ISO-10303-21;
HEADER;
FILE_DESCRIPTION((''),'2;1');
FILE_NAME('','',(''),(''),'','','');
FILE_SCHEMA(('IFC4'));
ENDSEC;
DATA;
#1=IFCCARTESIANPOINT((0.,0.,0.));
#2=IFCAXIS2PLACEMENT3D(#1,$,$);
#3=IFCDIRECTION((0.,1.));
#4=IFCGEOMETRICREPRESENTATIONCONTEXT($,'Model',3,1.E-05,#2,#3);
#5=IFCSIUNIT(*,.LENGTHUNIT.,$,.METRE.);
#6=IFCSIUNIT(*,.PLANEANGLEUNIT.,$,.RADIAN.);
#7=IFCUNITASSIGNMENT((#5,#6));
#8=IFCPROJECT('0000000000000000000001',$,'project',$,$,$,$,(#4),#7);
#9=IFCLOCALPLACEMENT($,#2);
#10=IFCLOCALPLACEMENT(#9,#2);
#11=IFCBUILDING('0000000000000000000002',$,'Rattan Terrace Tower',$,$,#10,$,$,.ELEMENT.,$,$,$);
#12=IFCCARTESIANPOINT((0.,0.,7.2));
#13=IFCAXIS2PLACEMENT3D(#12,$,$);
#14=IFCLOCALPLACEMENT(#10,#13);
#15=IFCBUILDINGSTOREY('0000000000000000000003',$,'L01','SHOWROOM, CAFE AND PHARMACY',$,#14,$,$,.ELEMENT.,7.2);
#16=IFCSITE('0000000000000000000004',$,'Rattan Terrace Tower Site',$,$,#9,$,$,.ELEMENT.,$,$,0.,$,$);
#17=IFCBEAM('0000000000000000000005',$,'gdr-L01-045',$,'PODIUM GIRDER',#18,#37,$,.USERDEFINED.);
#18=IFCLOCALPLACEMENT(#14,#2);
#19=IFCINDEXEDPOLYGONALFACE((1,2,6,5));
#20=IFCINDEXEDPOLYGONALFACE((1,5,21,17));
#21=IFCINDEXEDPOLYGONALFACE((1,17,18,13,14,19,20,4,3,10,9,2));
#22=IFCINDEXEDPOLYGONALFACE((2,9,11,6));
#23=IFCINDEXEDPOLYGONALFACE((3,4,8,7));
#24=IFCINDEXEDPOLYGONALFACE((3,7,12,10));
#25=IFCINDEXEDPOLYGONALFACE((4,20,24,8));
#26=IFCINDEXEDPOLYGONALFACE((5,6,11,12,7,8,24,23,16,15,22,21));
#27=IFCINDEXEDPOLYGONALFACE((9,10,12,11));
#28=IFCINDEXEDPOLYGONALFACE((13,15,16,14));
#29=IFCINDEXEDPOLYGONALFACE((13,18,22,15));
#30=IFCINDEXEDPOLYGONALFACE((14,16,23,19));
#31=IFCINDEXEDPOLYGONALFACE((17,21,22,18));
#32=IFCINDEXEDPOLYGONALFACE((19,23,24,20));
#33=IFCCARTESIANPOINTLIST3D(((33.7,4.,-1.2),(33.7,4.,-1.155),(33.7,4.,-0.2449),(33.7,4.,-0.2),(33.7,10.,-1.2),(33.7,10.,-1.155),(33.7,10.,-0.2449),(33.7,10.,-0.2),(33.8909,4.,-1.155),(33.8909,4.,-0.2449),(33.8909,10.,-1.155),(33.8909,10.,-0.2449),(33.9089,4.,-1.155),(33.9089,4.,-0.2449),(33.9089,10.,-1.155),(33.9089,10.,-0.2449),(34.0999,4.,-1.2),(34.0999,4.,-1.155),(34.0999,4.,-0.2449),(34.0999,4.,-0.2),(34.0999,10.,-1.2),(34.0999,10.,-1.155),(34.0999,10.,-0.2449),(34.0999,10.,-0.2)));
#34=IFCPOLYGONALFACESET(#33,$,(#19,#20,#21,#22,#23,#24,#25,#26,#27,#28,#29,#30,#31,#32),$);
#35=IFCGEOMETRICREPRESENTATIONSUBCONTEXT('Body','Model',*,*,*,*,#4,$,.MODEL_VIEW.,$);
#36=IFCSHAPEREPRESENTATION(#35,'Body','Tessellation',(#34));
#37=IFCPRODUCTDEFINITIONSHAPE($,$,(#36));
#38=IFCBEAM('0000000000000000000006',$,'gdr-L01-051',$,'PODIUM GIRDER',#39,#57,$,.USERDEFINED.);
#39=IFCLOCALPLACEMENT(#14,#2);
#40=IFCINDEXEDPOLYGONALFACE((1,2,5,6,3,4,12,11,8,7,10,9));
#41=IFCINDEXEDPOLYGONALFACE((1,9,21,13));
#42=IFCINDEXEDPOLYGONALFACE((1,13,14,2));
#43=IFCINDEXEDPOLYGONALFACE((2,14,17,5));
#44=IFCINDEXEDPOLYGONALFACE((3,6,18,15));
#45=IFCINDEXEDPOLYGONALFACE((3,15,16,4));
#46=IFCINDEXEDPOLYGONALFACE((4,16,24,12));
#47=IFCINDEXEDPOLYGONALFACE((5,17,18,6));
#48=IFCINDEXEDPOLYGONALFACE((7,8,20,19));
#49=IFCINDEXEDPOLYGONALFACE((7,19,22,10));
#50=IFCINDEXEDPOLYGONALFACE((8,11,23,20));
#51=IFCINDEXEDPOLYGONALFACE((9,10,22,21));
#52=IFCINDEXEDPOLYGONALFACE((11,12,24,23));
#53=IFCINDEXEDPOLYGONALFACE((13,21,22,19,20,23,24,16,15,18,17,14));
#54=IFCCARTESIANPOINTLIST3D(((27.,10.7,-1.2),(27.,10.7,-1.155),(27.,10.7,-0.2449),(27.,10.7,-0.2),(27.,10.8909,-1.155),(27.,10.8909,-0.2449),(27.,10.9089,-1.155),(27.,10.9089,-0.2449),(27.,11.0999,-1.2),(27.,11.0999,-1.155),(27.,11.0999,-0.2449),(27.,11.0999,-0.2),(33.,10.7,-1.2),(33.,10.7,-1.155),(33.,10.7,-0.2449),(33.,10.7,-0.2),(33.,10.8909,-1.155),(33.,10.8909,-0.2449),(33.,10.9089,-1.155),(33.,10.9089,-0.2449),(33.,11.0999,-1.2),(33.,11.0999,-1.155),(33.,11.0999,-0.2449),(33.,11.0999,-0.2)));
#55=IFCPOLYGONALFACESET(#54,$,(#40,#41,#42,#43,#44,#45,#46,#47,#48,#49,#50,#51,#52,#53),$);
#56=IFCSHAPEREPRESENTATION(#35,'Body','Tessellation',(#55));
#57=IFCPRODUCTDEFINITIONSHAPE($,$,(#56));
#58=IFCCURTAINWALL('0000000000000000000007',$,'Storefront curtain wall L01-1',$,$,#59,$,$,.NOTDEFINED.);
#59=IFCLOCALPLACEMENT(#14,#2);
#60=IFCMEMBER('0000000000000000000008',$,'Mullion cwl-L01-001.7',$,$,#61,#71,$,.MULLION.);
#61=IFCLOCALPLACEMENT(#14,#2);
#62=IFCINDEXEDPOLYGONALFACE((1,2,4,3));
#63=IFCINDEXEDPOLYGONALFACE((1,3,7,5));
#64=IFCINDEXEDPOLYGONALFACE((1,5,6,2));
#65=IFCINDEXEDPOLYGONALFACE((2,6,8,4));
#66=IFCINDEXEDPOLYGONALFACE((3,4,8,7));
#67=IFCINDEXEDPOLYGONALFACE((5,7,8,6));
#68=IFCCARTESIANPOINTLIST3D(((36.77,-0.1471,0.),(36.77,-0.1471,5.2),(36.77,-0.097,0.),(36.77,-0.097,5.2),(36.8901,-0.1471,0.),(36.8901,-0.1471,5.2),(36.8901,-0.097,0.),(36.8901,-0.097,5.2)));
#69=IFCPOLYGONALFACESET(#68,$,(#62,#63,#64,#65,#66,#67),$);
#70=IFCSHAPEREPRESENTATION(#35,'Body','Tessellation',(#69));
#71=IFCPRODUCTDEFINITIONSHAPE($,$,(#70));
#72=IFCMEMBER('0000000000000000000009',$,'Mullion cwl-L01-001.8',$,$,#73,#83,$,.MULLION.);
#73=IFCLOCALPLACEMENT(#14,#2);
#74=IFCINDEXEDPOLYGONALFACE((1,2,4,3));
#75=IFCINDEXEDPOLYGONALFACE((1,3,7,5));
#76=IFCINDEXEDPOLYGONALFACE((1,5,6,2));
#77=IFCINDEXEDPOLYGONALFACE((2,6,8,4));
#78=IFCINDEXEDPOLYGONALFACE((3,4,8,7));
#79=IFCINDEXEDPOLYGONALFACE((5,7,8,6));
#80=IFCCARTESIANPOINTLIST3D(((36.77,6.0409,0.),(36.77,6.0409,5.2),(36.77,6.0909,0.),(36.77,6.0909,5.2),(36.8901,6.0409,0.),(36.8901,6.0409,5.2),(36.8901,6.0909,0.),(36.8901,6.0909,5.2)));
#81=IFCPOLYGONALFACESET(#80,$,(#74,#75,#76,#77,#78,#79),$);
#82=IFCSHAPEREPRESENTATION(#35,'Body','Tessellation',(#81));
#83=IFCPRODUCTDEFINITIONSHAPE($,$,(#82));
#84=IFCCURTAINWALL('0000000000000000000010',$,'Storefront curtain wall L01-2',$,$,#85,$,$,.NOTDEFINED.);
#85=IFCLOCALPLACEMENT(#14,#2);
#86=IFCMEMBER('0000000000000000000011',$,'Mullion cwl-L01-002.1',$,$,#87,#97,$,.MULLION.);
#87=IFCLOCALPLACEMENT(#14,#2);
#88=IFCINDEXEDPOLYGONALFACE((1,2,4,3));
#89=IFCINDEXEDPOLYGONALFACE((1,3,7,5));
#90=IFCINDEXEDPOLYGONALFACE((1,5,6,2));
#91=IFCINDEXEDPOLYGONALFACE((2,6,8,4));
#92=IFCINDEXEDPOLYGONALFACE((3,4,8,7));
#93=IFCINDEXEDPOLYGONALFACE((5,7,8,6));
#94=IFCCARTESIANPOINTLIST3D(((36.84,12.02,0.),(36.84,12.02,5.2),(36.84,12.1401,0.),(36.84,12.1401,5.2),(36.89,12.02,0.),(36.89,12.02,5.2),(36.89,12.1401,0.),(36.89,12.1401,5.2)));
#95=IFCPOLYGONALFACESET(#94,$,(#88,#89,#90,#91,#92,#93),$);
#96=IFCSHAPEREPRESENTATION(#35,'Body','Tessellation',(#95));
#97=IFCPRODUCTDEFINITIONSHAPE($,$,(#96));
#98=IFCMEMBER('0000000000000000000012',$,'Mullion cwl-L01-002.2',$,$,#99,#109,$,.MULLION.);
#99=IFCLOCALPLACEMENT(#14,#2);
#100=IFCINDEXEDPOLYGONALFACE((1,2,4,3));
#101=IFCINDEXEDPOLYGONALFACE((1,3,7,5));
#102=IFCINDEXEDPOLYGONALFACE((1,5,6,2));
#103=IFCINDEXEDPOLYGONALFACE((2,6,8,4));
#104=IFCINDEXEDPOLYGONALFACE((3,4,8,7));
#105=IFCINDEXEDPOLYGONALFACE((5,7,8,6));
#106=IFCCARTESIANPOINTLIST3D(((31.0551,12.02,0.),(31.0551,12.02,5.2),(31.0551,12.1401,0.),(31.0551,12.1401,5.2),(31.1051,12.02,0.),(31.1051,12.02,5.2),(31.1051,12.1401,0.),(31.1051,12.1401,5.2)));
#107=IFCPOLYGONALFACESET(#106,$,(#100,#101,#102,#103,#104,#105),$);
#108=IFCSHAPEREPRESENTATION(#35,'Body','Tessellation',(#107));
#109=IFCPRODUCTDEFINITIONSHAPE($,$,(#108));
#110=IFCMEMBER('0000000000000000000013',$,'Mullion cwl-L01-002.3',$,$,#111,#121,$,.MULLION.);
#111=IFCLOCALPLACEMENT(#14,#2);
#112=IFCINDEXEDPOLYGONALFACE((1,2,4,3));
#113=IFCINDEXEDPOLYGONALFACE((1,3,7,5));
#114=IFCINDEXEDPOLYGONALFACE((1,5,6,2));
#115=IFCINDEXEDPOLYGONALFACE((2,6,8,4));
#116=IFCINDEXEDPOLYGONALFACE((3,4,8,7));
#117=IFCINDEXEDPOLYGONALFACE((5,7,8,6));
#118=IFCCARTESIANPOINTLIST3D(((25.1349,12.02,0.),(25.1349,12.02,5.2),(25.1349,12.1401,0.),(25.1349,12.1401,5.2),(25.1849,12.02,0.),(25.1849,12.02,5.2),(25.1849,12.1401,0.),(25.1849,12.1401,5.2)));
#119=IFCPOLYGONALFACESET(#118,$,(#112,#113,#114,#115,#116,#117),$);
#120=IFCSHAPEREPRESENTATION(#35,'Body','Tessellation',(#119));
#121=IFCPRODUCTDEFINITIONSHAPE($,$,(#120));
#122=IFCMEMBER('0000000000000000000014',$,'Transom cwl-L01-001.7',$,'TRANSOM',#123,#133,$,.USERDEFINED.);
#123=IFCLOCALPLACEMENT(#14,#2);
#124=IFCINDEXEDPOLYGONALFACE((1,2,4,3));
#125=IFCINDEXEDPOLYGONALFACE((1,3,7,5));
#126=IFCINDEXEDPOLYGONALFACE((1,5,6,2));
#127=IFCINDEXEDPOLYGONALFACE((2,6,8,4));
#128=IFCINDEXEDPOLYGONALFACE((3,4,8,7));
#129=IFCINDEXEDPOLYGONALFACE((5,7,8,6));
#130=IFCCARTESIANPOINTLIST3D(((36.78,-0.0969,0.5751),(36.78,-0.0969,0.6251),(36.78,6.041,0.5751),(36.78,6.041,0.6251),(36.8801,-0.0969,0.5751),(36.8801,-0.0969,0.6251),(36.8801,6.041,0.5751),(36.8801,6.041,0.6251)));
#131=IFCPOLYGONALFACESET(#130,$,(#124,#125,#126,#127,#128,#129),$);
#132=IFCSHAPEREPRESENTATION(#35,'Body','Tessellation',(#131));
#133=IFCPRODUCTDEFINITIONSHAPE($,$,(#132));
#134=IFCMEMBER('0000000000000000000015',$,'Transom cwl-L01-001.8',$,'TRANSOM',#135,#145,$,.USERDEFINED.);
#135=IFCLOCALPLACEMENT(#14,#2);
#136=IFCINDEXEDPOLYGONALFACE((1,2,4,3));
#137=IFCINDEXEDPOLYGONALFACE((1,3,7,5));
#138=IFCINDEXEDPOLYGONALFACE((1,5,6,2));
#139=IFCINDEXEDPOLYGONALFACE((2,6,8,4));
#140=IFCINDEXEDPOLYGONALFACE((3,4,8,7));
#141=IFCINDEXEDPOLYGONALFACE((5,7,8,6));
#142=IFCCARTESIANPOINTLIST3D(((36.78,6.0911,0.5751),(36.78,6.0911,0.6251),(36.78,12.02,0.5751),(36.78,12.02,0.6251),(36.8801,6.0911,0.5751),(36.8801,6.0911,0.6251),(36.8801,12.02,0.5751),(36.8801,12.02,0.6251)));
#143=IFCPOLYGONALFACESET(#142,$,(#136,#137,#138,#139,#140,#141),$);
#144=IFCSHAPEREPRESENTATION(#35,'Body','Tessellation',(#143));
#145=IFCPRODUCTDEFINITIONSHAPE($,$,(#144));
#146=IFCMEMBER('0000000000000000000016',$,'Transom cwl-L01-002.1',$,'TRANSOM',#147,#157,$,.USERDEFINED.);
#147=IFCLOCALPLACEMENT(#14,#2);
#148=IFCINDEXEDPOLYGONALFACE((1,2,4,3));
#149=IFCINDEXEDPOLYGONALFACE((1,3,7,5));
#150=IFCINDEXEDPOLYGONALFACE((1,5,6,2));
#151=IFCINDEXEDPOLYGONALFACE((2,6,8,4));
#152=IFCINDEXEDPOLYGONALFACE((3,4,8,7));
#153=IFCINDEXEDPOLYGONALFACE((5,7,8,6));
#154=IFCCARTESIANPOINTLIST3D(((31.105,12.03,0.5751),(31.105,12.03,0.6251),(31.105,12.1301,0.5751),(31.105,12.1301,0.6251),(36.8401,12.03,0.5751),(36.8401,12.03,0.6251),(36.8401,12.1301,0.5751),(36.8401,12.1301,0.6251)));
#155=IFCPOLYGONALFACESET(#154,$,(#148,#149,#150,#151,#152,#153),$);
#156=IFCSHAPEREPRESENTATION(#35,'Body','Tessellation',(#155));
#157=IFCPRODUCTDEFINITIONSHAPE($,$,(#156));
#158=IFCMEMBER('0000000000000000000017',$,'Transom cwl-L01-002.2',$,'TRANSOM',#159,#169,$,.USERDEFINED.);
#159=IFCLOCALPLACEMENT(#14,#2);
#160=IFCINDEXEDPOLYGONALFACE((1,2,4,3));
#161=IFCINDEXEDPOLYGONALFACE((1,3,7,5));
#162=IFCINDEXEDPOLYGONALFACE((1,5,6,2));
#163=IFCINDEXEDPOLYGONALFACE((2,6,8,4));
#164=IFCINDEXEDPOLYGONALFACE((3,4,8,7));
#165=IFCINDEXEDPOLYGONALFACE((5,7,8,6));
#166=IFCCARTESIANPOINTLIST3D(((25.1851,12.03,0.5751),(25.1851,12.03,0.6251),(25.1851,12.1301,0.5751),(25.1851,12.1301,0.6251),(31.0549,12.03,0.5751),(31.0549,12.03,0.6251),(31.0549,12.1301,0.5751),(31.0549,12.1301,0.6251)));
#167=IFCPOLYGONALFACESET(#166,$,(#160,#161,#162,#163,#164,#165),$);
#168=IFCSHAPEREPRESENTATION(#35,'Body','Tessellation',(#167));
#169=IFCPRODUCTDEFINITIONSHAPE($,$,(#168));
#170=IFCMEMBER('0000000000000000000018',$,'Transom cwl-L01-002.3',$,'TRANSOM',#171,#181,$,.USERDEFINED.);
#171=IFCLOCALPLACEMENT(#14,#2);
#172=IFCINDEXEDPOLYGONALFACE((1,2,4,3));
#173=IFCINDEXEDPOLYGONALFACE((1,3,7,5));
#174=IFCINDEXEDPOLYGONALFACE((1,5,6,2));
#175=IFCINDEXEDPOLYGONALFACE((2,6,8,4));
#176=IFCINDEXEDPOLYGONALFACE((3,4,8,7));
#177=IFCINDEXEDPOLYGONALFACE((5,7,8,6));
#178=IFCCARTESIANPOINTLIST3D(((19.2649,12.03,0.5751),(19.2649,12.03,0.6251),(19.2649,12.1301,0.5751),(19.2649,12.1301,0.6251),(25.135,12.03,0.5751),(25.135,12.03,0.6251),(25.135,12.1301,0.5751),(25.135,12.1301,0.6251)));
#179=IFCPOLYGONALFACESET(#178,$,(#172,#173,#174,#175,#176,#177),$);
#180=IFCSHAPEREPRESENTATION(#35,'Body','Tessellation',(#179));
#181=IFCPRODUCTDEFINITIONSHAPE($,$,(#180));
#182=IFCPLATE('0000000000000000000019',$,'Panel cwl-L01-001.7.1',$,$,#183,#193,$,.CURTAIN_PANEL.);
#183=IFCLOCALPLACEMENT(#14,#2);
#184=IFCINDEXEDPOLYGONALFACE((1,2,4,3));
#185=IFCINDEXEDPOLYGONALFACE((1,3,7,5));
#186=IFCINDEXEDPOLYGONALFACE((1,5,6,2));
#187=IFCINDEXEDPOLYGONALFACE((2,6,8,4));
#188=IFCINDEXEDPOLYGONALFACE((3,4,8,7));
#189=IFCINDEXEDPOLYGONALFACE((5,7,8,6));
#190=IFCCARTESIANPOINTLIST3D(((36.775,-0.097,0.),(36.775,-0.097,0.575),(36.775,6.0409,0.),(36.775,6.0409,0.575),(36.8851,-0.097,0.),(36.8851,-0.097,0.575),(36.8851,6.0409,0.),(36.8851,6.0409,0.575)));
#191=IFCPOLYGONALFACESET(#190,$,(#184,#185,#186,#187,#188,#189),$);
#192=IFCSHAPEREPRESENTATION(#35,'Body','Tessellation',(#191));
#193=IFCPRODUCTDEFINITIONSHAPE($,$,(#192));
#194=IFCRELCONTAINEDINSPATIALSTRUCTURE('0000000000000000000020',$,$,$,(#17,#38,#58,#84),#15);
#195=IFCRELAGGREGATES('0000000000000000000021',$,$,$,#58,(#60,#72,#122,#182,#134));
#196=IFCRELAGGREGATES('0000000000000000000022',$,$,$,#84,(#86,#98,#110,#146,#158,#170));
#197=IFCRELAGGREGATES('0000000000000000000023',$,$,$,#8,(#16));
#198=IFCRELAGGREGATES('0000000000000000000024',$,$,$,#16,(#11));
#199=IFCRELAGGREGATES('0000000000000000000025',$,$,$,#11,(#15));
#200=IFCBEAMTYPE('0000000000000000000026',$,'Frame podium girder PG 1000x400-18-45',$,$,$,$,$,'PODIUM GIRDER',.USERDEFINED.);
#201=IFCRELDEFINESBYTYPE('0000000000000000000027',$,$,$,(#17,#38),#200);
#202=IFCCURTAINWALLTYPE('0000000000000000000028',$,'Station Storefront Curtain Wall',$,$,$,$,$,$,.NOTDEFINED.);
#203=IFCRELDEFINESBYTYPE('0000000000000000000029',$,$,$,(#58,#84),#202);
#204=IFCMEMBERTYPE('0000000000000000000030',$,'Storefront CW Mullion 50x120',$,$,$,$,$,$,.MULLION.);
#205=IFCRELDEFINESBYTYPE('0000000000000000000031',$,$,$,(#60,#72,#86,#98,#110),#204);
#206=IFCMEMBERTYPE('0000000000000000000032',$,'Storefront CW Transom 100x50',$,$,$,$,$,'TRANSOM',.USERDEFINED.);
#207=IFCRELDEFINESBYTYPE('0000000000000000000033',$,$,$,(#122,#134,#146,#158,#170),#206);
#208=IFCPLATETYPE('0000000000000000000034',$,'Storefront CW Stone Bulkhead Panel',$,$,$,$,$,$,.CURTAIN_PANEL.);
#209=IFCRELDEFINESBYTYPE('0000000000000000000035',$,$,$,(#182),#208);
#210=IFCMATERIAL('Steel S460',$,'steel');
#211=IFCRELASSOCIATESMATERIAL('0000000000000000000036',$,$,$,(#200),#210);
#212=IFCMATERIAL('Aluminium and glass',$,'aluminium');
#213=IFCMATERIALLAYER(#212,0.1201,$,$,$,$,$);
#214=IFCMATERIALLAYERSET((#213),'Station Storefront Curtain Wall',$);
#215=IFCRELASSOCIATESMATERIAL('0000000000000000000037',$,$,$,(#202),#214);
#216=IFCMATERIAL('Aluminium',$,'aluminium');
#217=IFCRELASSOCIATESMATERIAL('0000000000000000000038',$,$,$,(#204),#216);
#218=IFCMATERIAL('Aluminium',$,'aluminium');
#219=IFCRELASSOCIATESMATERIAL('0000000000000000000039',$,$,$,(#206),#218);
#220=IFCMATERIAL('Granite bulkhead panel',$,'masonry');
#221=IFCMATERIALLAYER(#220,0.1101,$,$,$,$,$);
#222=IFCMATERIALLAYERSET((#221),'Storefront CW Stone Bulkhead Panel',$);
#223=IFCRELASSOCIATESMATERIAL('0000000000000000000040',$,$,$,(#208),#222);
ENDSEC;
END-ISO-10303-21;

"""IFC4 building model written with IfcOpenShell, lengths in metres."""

from ifc_helpers import new_model, si_unit, direction, frame, origin, origin_2d, place, context, subcontext, project, spatial, rectangle, i_section, extrude, material, layer, layer_set, material_profile, profile_set, type_object, element, aggregate, save


model = new_model("IFC4")

# Units and contexts
model_context = context("Model", 3, precision=1e-05, world=origin(), true_north=direction((0.0, 1.0)))
body_context = subcontext(model_context, "Body", "Model", "MODEL_VIEW")
ifc_project = project(units=[si_unit("LENGTHUNIT", "METRE"), si_unit("PLANEANGLEUNIT", "RADIAN")], contexts=[model_context])

# Site, building, storey
site_placement = place(None, origin())
site = spatial("IfcSite", under=ifc_project, at=site_placement, Name="Rattan Terrace Tower Site", CompositionType="ELEMENT", RefElevation=0.0)
building_placement = place(site_placement, origin())
building = spatial("IfcBuilding", under=site, at=building_placement, Name="Rattan Terrace Tower", CompositionType="ELEMENT")
storey_placement = place(building_placement, frame((0.0, 0.0, 7.2)))
storey = spatial("IfcBuildingStorey", under=building, at=storey_placement, Name="L01", Description="SHOWROOM, CAFE AND PHARMACY", CompositionType="ELEMENT", Elevation=7.2)

# Beams
ifc_material_1 = material(Name="Steel S460", Category="steel")
ifc_material_profile_1 = material_profile(ifc_material_1, i_section(OverallWidth=0.3999, OverallDepth=1.0, WebThickness=0.0181, FlangeThickness=0.0449, at=origin_2d()), Name="PG 1000x400-18-45")
ifc_profile_set_1 = profile_set([ifc_material_profile_1], Name="Steel S460")
beam_type_1 = type_object("IfcBeamType", Name="Frame podium girder PG 1000x400-18-45", ElementType="PODIUM GIRDER", PredefinedType="USERDEFINED", material=ifc_profile_set_1)
for number, where, z_axis, x_axis, name in (
    (1, (33.8999, 4.0, -0.7), (0.0, 1.0, 0.0), (-1.0, 0.0, 0.0), "gdr-L01-045"),
    (2, (27.0, 10.8999, -0.7), (1.0, 0.0, 0.0), (0.0, 1.0, 0.0), "gdr-L01-051"),
):
    element("IfcBeam", number, at=place(storey_placement, frame(where, z_axis=z_axis, x_axis=x_axis)), inside=storey, type_object=beam_type_1, Name=name, ObjectType="PODIUM GIRDER", PredefinedType="USERDEFINED", context=body_context, shape_type="SweptSolid", body=[
        extrude(i_section(OverallWidth=0.3999, OverallDepth=1.0, WebThickness=0.0181, FlangeThickness=0.0449, at=origin_2d()), origin(), (0.0, 0.0, 1.0), 6.0),
    ])

# Curtain walls, members
ifc_material_2 = material(Name="Aluminium and glass", Category="aluminium")
ifc_layer_1 = layer(ifc_material_2, 0.1201)
ifc_layer_set_1 = layer_set([ifc_layer_1], Name="Station Storefront Curtain Wall")
curtain_wall_type = type_object("IfcCurtainWallType", Name="Station Storefront Curtain Wall", PredefinedType="NOTDEFINED", material=ifc_layer_set_1)
curtain_wall_1_placement = place(storey_placement, origin())
curtain_wall_1 = element("IfcCurtainWall", 3, at=curtain_wall_1_placement, inside=storey, type_object=curtain_wall_type, Name="Storefront curtain wall L01-1", PredefinedType="NOTDEFINED")
ifc_material_3 = material(Name="Aluminium", Category="aluminium")
ifc_material_profile_2 = material_profile(ifc_material_3, rectangle(XDim=0.05, YDim=0.1201, at=origin_2d()), Name="Aluminium 50x120")
ifc_profile_set_2 = profile_set([ifc_material_profile_2], Name="Aluminium")
member_type_1 = type_object("IfcMemberType", Name="Storefront CW Mullion 50x120", PredefinedType="MULLION", material=ifc_profile_set_2)
member_1_placement = place(storey_placement, frame((36.8301, -0.1221, 0.0), z_axis=(0.0, 0.0, 1.0), x_axis=(0.0, 1.0, 0.0)))
member_1 = element("IfcMember", 4, at=member_1_placement, type_object=member_type_1, Name="Mullion cwl-L01-001.7", PredefinedType="MULLION", context=body_context, shape_type="SweptSolid", body=[
    extrude(rectangle(XDim=0.05, YDim=0.1201, at=origin_2d()), origin(), (0.0, 0.0, 1.0), 5.2),
])
member_2_placement = place(storey_placement, frame((36.8301, 6.0659, 0.0), z_axis=(0.0, 0.0, 1.0), x_axis=(0.0, 1.0, 0.0)))
member_2 = element("IfcMember", 5, at=member_2_placement, type_object=member_type_1, Name="Mullion cwl-L01-001.8", PredefinedType="MULLION", context=body_context, shape_type="SweptSolid", body=[
    extrude(rectangle(XDim=0.05, YDim=0.1201, at=origin_2d()), origin(), (0.0, 0.0, 1.0), 5.2),
])
curtain_wall_2_placement = place(storey_placement, origin())
curtain_wall_2 = element("IfcCurtainWall", 6, at=curtain_wall_2_placement, inside=storey, type_object=curtain_wall_type, Name="Storefront curtain wall L01-2", PredefinedType="NOTDEFINED")
member_3_placement = place(storey_placement, frame((36.865, 12.0801, 0.0), z_axis=(0.0, 0.0, 1.0), x_axis=(-1.0, 0.0, 0.0)))
member_3 = element("IfcMember", 7, at=member_3_placement, type_object=member_type_1, Name="Mullion cwl-L01-002.1", PredefinedType="MULLION", context=body_context, shape_type="SweptSolid", body=[
    extrude(rectangle(XDim=0.05, YDim=0.1201, at=origin_2d()), origin(), (0.0, 0.0, 1.0), 5.2),
])
member_4_placement = place(storey_placement, frame((31.0801, 12.0801, 0.0), z_axis=(0.0, 0.0, 1.0), x_axis=(-1.0, 0.0, 0.0)))
member_4 = element("IfcMember", 8, at=member_4_placement, type_object=member_type_1, Name="Mullion cwl-L01-002.2", PredefinedType="MULLION", context=body_context, shape_type="SweptSolid", body=[
    extrude(rectangle(XDim=0.05, YDim=0.1201, at=origin_2d()), origin(), (0.0, 0.0, 1.0), 5.2),
])
member_5_placement = place(storey_placement, frame((25.1599, 12.0801, 0.0), z_axis=(0.0, 0.0, 1.0), x_axis=(-1.0, 0.0, 0.0)))
member_5 = element("IfcMember", 9, at=member_5_placement, type_object=member_type_1, Name="Mullion cwl-L01-002.3", PredefinedType="MULLION", context=body_context, shape_type="SweptSolid", body=[
    extrude(rectangle(XDim=0.05, YDim=0.1201, at=origin_2d()), origin(), (0.0, 0.0, 1.0), 5.2),
])

# Members
ifc_material_4 = material(Name="Aluminium", Category="aluminium")
ifc_material_profile_3 = material_profile(ifc_material_4, rectangle(XDim=0.1001, YDim=0.05, at=origin_2d()), Name="Aluminium 100x50")
ifc_profile_set_3 = profile_set([ifc_material_profile_3], Name="Aluminium")
member_type_2 = type_object("IfcMemberType", Name="Storefront CW Transom 100x50", ElementType="TRANSOM", PredefinedType="USERDEFINED", material=ifc_profile_set_3)
member_6_placement = place(storey_placement, frame((36.8301, -0.0969, 0.6001), z_axis=(0.0, 1.0, 0.0), x_axis=(-1.0, 0.0, 0.0)))
member_6 = element("IfcMember", 10, at=member_6_placement, type_object=member_type_2, Name="Transom cwl-L01-001.7", ObjectType="TRANSOM", PredefinedType="USERDEFINED", context=body_context, shape_type="SweptSolid", body=[
    extrude(rectangle(XDim=0.1001, YDim=0.05, at=origin_2d()), origin(), (0.0, 0.0, 1.0), 6.1379),
])
member_7_placement = place(storey_placement, frame((36.8301, 6.0911, 0.6001), z_axis=(0.0, 1.0, 0.0), x_axis=(-1.0, 0.0, 0.0)))
member_7 = element("IfcMember", 11, at=member_7_placement, type_object=member_type_2, Name="Transom cwl-L01-001.8", ObjectType="TRANSOM", PredefinedType="USERDEFINED", context=body_context, shape_type="SweptSolid", body=[
    extrude(rectangle(XDim=0.1001, YDim=0.05, at=origin_2d()), origin(), (0.0, 0.0, 1.0), 5.929),
])
member_8_placement = place(storey_placement, frame((36.8401, 12.0801, 0.6001), z_axis=(-1.0, 0.0, 0.0), x_axis=(0.0, -1.0, 0.0)))
member_8 = element("IfcMember", 12, at=member_8_placement, type_object=member_type_2, Name="Transom cwl-L01-002.1", ObjectType="TRANSOM", PredefinedType="USERDEFINED", context=body_context, shape_type="SweptSolid", body=[
    extrude(rectangle(XDim=0.1001, YDim=0.05, at=origin_2d()), origin(), (0.0, 0.0, 1.0), 5.7351),
])
member_9_placement = place(storey_placement, frame((31.0549, 12.0801, 0.6001), z_axis=(-1.0, 0.0, 0.0), x_axis=(0.0, -1.0, 0.0)))
member_9 = element("IfcMember", 13, at=member_9_placement, type_object=member_type_2, Name="Transom cwl-L01-002.2", ObjectType="TRANSOM", PredefinedType="USERDEFINED", context=body_context, shape_type="SweptSolid", body=[
    extrude(rectangle(XDim=0.1001, YDim=0.05, at=origin_2d()), origin(), (0.0, 0.0, 1.0), 5.8699),
])
member_10_placement = place(storey_placement, frame((25.135, 12.0801, 0.6001), z_axis=(-1.0, 0.0, 0.0), x_axis=(0.0, -1.0, 0.0)))
member_10 = element("IfcMember", 14, at=member_10_placement, type_object=member_type_2, Name="Transom cwl-L01-002.3", ObjectType="TRANSOM", PredefinedType="USERDEFINED", context=body_context, shape_type="SweptSolid", body=[
    extrude(rectangle(XDim=0.1001, YDim=0.05, at=origin_2d()), origin(), (0.0, 0.0, 1.0), 5.8701),
])

# Plate
ifc_material_5 = material(Name="Granite bulkhead panel", Category="masonry")
ifc_layer_2 = layer(ifc_material_5, 0.1101)
ifc_layer_set_2 = layer_set([ifc_layer_2], Name="Storefront CW Stone Bulkhead Panel")
plate_type_1 = type_object("IfcPlateType", Name="Storefront CW Stone Bulkhead Panel", PredefinedType="CURTAIN_PANEL", material=ifc_layer_set_2)
plate_1_placement = place(storey_placement, frame((36.8301, 2.9719, 0.0), z_axis=(0.0, 0.0, 1.0), x_axis=(0.0, 1.0, 0.0)))
plate_1 = element("IfcPlate", 15, at=plate_1_placement, type_object=plate_type_1, Name="Panel cwl-L01-001.7.1", PredefinedType="CURTAIN_PANEL", context=body_context, shape_type="SweptSolid", body=[
    extrude(rectangle(XDim=6.1379, YDim=0.1101, at=origin_2d()), origin(), (0.0, 0.0, 1.0), 0.575),
])
aggregate(curtain_wall_1, [member_1, member_2, member_6, plate_1, member_7])
aggregate(curtain_wall_2, [member_3, member_4, member_5, member_8, member_9, member_10])

save(model, "model.ifc")
